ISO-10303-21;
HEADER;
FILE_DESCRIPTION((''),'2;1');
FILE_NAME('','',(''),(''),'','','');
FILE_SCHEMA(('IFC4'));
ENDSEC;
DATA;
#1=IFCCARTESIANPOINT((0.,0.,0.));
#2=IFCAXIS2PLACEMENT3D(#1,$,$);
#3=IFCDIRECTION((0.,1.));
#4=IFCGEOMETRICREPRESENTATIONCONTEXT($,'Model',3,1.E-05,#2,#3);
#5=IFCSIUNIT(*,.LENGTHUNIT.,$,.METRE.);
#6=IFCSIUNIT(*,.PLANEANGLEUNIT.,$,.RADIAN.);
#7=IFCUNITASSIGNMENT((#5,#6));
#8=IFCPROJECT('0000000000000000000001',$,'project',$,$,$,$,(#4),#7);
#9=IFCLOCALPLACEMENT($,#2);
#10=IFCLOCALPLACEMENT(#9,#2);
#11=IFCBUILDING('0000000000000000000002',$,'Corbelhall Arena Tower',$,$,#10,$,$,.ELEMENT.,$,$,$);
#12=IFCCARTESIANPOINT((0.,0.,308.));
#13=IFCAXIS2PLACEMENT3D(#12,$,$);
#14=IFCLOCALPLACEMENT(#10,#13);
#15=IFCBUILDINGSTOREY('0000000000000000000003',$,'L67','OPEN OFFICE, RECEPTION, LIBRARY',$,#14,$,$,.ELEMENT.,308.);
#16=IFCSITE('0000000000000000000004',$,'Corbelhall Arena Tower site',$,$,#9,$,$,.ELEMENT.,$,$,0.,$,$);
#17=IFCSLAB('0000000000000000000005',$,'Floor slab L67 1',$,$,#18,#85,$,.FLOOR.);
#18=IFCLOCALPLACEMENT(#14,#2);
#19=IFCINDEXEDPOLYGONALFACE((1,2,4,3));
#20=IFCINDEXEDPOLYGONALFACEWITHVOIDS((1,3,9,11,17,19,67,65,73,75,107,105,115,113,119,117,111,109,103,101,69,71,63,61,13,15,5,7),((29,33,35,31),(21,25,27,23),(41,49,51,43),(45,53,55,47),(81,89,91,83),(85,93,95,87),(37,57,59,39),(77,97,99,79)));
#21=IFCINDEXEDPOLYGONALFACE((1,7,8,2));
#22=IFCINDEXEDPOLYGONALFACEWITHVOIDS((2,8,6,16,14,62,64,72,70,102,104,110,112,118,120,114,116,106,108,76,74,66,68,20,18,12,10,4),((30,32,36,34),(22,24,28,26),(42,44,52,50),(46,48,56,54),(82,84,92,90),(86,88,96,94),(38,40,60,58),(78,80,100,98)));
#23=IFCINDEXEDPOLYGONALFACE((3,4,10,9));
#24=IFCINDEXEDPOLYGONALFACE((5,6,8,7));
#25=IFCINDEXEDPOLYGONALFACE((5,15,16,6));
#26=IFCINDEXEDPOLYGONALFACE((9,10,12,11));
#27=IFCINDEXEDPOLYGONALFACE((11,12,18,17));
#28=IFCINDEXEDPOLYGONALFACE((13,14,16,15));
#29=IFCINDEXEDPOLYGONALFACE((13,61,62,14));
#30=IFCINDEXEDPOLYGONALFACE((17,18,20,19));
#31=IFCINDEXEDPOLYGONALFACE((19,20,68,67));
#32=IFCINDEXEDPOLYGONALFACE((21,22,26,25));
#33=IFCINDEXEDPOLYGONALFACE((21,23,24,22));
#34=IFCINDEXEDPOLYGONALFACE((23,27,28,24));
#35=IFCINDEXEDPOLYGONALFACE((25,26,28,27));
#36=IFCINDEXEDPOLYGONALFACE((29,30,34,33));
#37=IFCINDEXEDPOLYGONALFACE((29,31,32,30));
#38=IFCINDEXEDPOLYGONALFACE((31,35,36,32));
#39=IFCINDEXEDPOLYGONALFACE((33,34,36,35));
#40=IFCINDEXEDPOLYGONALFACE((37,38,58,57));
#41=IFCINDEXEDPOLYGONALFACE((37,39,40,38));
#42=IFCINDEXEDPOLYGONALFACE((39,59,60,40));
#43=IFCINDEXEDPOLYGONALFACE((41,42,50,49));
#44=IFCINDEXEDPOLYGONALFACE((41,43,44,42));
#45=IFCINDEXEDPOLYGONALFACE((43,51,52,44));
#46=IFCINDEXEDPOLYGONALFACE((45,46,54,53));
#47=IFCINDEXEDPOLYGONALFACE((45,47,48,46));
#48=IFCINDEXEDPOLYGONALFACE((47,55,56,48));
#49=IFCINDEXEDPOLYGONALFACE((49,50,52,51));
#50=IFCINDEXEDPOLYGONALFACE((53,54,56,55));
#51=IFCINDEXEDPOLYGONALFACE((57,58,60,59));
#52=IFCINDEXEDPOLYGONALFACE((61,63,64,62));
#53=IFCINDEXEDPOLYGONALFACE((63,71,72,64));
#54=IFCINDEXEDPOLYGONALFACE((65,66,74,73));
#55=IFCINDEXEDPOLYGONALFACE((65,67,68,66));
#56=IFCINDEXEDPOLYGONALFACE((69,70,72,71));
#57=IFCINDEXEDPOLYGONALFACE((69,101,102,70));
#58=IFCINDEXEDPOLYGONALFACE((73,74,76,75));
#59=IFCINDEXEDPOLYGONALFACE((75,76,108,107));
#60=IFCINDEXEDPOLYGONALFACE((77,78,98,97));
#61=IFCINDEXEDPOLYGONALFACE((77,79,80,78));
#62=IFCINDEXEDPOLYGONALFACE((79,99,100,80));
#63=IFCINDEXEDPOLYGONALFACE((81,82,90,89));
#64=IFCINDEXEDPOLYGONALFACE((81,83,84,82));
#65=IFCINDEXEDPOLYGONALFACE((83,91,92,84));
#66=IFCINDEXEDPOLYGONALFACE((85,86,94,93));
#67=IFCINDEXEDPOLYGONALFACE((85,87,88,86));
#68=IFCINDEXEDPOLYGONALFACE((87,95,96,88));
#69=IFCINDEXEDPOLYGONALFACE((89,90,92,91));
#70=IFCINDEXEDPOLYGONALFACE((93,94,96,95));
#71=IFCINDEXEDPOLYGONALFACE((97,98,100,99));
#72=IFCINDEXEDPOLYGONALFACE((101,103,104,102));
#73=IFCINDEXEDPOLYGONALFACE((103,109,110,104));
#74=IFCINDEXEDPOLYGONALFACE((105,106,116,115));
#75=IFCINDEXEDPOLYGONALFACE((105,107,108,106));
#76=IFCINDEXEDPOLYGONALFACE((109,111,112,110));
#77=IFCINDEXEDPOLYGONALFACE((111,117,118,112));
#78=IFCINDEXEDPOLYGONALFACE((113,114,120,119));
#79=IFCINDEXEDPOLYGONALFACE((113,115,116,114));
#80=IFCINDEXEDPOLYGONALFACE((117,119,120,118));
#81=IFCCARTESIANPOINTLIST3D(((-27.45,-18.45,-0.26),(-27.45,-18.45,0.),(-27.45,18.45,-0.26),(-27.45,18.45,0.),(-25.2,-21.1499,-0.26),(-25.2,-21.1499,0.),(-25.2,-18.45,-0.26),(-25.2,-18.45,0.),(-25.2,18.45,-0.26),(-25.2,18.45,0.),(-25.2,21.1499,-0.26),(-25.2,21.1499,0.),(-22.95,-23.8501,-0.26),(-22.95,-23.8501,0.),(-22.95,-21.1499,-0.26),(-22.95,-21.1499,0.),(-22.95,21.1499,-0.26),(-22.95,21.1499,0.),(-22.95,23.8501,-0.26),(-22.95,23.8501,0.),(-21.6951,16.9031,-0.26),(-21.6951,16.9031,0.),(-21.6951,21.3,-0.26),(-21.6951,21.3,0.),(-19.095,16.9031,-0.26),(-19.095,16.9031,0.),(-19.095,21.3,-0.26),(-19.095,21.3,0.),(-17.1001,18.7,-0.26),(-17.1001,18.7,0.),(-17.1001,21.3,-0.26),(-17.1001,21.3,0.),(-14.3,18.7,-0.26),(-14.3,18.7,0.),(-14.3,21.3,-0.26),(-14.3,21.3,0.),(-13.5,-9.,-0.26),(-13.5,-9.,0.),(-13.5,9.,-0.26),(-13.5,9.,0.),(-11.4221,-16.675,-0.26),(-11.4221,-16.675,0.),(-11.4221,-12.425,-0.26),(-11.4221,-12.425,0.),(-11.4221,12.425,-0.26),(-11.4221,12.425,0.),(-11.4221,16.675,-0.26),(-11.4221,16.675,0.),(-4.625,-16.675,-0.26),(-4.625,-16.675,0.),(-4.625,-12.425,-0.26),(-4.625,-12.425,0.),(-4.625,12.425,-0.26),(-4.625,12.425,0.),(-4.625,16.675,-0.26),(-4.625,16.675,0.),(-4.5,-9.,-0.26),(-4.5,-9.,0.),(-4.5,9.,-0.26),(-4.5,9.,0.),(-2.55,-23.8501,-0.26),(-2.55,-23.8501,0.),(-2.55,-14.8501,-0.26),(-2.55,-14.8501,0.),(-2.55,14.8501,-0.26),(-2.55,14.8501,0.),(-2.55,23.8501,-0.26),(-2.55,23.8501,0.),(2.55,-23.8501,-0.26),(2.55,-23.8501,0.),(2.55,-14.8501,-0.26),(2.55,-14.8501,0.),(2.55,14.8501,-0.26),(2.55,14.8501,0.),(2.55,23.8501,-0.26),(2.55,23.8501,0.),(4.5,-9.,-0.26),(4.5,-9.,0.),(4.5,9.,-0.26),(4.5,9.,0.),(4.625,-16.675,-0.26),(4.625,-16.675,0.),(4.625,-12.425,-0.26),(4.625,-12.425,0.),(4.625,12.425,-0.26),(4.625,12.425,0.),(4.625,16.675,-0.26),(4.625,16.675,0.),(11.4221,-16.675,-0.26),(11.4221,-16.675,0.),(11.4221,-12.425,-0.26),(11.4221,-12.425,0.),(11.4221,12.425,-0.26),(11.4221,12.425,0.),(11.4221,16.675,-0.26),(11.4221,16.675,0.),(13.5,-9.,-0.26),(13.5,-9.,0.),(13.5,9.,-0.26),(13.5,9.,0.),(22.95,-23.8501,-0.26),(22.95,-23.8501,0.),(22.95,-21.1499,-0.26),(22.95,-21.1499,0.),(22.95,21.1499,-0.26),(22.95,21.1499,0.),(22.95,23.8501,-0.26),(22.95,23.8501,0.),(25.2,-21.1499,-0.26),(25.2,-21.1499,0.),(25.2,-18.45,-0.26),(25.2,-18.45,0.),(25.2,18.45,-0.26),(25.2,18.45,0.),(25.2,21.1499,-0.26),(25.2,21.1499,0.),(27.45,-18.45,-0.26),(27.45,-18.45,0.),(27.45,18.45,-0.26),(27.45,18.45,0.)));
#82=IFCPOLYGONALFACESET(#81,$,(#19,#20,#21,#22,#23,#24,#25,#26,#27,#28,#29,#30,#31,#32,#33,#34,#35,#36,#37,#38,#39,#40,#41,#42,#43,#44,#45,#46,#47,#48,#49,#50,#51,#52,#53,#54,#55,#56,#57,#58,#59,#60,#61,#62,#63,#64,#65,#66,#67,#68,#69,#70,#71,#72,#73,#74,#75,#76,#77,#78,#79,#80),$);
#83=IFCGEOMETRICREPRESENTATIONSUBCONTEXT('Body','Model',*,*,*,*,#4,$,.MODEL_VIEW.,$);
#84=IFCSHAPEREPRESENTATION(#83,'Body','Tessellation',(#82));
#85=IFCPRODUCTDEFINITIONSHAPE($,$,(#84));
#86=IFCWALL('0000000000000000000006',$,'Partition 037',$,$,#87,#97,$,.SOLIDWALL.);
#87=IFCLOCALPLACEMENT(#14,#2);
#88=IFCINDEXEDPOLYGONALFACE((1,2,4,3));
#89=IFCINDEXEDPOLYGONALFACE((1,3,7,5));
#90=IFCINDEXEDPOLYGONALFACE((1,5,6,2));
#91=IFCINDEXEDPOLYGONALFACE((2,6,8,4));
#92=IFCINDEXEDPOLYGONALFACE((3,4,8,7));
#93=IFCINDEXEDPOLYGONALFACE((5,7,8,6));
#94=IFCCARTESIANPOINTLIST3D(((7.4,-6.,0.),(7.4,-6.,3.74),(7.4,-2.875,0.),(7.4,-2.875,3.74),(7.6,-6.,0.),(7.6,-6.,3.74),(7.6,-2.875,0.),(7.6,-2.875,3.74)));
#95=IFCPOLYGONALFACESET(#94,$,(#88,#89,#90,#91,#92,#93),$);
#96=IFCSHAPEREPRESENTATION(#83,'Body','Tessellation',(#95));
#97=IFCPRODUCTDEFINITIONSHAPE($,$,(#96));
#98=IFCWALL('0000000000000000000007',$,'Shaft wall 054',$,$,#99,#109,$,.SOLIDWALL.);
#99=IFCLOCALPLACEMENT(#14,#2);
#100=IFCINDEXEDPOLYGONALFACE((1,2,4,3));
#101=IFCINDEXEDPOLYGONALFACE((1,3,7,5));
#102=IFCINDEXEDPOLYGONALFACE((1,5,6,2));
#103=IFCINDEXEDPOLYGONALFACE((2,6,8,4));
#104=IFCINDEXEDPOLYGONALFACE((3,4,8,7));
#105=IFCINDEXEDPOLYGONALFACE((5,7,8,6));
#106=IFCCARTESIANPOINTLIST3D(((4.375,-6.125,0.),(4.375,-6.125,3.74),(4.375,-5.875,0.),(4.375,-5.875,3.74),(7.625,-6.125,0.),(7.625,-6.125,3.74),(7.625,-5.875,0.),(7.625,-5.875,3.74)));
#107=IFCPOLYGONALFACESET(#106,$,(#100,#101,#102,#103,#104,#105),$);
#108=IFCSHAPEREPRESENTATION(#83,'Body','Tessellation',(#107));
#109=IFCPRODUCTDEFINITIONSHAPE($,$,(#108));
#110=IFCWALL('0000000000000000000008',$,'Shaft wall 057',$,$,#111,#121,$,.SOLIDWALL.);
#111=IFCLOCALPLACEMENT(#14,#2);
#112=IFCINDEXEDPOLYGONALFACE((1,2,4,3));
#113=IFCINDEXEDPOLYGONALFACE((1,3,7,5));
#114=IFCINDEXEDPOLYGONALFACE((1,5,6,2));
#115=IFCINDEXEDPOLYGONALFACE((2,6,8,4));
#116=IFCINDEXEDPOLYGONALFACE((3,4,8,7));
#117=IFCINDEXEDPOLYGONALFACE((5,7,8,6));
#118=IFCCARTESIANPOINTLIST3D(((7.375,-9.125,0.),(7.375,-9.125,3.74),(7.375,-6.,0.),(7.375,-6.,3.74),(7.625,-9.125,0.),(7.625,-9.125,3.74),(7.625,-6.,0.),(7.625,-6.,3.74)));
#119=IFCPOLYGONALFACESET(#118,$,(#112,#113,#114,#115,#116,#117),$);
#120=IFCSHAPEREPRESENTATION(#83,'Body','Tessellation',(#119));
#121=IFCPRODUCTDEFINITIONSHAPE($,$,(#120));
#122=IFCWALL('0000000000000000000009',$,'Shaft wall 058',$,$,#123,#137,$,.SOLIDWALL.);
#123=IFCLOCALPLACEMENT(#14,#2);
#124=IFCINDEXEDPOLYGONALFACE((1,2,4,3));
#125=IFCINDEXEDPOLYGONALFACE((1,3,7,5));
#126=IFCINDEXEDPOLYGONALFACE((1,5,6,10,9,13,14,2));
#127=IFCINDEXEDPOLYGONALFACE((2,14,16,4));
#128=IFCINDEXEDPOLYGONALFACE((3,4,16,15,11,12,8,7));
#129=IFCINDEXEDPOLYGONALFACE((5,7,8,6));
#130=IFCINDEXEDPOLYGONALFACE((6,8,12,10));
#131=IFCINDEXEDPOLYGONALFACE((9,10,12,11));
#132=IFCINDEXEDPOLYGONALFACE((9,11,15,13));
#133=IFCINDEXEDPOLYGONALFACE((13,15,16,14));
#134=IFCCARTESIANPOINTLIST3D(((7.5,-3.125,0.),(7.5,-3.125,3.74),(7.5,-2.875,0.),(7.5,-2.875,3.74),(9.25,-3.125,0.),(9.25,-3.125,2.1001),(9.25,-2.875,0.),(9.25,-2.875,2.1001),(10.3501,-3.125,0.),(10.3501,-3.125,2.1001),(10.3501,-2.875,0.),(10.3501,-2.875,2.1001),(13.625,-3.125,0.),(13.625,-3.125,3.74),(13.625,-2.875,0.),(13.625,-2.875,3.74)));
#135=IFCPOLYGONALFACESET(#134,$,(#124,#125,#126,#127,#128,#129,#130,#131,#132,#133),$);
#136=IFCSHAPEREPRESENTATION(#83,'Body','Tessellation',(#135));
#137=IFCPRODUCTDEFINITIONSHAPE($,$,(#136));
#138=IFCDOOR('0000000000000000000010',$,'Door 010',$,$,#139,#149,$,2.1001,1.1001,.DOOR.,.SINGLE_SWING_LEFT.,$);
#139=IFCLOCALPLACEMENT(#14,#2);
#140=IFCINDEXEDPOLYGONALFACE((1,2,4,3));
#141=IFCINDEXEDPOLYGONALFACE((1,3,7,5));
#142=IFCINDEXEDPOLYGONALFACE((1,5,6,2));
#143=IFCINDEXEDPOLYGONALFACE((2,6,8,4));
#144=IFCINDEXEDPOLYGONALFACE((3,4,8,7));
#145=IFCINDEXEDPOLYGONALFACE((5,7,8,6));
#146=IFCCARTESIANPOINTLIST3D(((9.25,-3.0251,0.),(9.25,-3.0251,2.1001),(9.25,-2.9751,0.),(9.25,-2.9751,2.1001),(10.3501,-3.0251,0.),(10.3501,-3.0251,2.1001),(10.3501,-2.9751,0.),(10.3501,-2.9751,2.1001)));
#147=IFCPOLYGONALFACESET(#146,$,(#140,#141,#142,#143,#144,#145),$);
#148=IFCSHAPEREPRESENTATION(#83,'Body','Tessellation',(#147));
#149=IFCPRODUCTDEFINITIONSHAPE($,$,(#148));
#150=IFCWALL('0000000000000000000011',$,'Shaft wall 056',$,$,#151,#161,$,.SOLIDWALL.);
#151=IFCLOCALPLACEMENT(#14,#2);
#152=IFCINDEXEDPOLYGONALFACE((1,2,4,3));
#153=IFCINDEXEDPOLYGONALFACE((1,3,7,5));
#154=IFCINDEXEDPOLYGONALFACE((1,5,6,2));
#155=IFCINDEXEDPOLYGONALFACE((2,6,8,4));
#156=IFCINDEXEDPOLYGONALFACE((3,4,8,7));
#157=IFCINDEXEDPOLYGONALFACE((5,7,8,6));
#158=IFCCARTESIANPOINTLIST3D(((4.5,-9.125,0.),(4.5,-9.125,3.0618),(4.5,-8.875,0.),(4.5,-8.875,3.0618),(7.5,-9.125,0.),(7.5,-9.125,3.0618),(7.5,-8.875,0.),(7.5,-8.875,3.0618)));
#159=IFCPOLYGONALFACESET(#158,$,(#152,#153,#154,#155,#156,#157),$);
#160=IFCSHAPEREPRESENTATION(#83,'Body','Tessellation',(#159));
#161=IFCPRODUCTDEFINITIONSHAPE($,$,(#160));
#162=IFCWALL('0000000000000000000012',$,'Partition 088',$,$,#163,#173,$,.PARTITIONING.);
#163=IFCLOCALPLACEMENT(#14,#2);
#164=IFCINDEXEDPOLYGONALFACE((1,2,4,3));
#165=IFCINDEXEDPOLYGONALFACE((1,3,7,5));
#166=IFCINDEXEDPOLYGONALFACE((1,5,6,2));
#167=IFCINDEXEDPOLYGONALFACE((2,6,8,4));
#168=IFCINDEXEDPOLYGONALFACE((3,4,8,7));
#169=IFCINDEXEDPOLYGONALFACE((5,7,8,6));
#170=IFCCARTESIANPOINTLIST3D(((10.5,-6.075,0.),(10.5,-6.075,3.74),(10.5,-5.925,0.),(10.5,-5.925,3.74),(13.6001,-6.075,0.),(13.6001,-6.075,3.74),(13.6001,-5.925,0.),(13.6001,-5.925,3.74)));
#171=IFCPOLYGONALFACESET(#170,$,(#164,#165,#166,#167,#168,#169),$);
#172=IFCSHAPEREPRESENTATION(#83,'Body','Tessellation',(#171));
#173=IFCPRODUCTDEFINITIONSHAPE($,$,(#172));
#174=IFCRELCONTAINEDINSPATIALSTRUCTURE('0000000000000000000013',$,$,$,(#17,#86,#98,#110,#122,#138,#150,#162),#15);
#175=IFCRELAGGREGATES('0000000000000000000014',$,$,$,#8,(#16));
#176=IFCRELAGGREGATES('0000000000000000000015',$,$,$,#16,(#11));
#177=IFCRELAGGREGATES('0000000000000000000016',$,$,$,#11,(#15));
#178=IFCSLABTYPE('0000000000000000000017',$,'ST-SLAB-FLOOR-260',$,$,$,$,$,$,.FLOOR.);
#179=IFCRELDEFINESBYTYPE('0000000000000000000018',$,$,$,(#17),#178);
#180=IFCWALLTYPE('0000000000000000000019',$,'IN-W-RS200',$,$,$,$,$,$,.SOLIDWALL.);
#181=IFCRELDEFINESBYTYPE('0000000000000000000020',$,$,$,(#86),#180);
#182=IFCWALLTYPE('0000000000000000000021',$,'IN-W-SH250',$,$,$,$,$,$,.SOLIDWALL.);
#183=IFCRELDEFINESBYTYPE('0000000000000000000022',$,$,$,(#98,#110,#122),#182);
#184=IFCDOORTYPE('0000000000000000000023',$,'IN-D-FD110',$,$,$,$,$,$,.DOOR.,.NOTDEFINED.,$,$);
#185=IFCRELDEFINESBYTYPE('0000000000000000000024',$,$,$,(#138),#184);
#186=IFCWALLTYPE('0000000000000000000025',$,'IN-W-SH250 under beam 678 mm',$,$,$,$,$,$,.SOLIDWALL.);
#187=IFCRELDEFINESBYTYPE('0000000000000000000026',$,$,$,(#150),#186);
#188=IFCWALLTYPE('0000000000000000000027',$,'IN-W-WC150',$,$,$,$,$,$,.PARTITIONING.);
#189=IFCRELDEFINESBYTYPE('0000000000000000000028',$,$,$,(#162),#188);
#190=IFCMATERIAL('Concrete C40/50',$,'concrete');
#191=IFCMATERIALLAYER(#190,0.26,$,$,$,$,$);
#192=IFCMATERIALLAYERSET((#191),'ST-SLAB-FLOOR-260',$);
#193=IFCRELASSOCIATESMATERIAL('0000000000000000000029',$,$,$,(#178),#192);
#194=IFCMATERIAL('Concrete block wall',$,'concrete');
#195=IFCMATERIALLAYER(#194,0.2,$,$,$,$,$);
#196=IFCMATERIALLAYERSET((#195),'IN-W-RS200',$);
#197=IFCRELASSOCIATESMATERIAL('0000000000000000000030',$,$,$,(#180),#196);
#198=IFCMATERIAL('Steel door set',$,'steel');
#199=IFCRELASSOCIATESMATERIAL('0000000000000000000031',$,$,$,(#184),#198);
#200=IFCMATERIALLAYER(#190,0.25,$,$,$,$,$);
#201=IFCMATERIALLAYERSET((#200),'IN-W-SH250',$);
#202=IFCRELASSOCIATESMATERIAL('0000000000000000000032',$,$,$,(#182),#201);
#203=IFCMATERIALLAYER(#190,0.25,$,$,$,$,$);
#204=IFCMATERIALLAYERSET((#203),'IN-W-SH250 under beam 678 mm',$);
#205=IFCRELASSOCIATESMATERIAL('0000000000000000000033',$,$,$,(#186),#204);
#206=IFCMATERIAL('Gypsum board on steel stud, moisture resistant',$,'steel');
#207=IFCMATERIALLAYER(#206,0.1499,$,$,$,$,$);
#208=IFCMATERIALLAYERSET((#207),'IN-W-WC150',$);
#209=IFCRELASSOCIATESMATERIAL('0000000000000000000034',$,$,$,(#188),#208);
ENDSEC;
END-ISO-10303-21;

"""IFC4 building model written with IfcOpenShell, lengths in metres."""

from ifc_helpers import new_model, si_unit, direction, frame, frame_2d, origin, place, context, subcontext, project, spatial, polyline, rectangle, outline, extrude, material, layer, layer_set, type_object, element, fill, save


model = new_model("IFC4")

# Units and contexts
model_context = context("Model", 3, precision=1e-05, world=origin(), true_north=direction((0.0, 1.0)))
body_context = subcontext(model_context, "Body", "Model", "MODEL_VIEW")
ifc_project = project(units=[si_unit("LENGTHUNIT", "METRE"), si_unit("PLANEANGLEUNIT", "RADIAN")], contexts=[model_context])

# Site, building, storey
site_placement = place(None, origin())
site = spatial("IfcSite", under=ifc_project, at=site_placement, Name="Corbelhall Arena Tower site", CompositionType="ELEMENT", RefElevation=0.0)
building_placement = place(site_placement, origin())
building = spatial("IfcBuilding", under=site, at=building_placement, Name="Corbelhall Arena Tower", CompositionType="ELEMENT")
storey_placement = place(building_placement, frame((0.0, 0.0, 308.0)))
storey = spatial("IfcBuildingStorey", under=building, at=storey_placement, Name="L67", Description="OPEN OFFICE, RECEPTION, LIBRARY", CompositionType="ELEMENT", Elevation=308.0)

# Shared definitions
ifc_material_1 = material(Name="Concrete C40/50", Category="concrete")

# Slab
ifc_layer_1 = layer(ifc_material_1, 0.26)
ifc_layer_set_1 = layer_set([ifc_layer_1], Name="ST-SLAB-FLOOR-260")
slab_type_1 = type_object("IfcSlabType", Name="ST-SLAB-FLOOR-260", PredefinedType="FLOOR", material=ifc_layer_set_1)
slab_1_placement = place(storey_placement, frame((0.0, 0.0, -0.26)))
element("IfcSlab", 1, at=slab_1_placement, inside=storey, type_object=slab_type_1, Name="Floor slab L67 1", PredefinedType="FLOOR", context=body_context, shape_type="SweptSolid", body=[
    extrude(outline(polyline([(22.95, 23.8501), (2.55, 23.8501), (2.55, 14.8501), (-2.55, 14.8501), (-2.55, 23.8501), (-22.95, 23.8501), (-22.95, 21.1499), (-25.2, 21.1499), (-25.2, 18.45), (-27.45, 18.45), (-27.45, -18.45), (-25.2, -18.45), (-25.2, -21.1499), (-22.95, -21.1499), (-22.95, -23.8501), (-2.55, -23.8501), (-2.55, -14.8501), (2.55, -14.8501), (2.55, -23.8501), (22.95, -23.8501), (22.95, -21.1499), (25.2, -21.1499), (25.2, -18.45), (27.45, -18.45), (27.45, 18.45), (25.2, 18.45), (25.2, 21.1499), (22.95, 21.1499), (22.95, 23.8501)]), holes=[polyline([(-13.5, 9.0), (-13.5, -9.0), (-4.5, -9.0), (-4.5, 9.0), (-13.5, 9.0)]), polyline([(4.5, 9.0), (4.5, -9.0), (13.5, -9.0), (13.5, 9.0), (4.5, 9.0)]), polyline([(-4.625, 16.675), (-11.4221, 16.675), (-11.4221, 12.425), (-4.625, 12.425), (-4.625, 16.675)]), polyline([(-4.625, -16.675), (-4.625, -12.425), (-11.4221, -12.425), (-11.4221, -16.675), (-4.625, -16.675)]), polyline([(11.4221, 16.675), (4.625, 16.675), (4.625, 12.425), (11.4221, 12.425), (11.4221, 16.675)]), polyline([(11.4221, -16.675), (11.4221, -12.425), (4.625, -12.425), (4.625, -16.675), (11.4221, -16.675)]), polyline([(-21.6951, 21.3), (-21.6951, 16.9031), (-19.095, 16.9031), (-19.095, 21.3), (-21.6951, 21.3)]), polyline([(-14.3, 21.3), (-17.1001, 21.3), (-17.1001, 18.7), (-14.3, 18.7), (-14.3, 21.3)])]), origin(), (0.0, 0.0, 1.0), 0.26),
])

# Wall
ifc_material_2 = material(Name="Concrete block wall", Category="concrete")
ifc_layer_2 = layer(ifc_material_2, 0.2)
ifc_layer_set_2 = layer_set([ifc_layer_2], Name="IN-W-RS200")
wall_type_1 = type_object("IfcWallType", Name="IN-W-RS200", PredefinedType="SOLIDWALL", material=ifc_layer_set_2)
wall_1_placement = place(storey_placement, frame((7.5, -2.875, 0.0), z_axis=(0.0, 0.0, 1.0), x_axis=(0.0, -1.0, 0.0)))
element("IfcWall", 2, at=wall_1_placement, inside=storey, type_object=wall_type_1, Name="Partition 037", PredefinedType="SOLIDWALL", context=body_context, shape_type="SweptSolid", body=[
    extrude(rectangle(XDim=3.125, YDim=0.2, at=frame_2d((1.5625, 0.0))), origin(), (0.0, 0.0, 1.0), 3.74),
])

# Shared definitions
ifc_material_3 = material(Name="Steel door set", Category="steel")
door_type_1 = type_object("IfcDoorType", Name="IN-D-FD110", OperationType="NOTDEFINED", PredefinedType="DOOR", material=ifc_material_3)

# Walls
ifc_layer_3 = layer(ifc_material_1, 0.25)
ifc_layer_set_3 = layer_set([ifc_layer_3], Name="IN-W-SH250")
wall_type_2 = type_object("IfcWallType", Name="IN-W-SH250", PredefinedType="SOLIDWALL", material=ifc_layer_set_3)
wall_2_placement = place(storey_placement, frame((4.375, -6.0, 0.0), z_axis=(0.0, 0.0, 1.0), x_axis=(1.0, 0.0, 0.0)))
element("IfcWall", 3, at=wall_2_placement, inside=storey, type_object=wall_type_2, Name="Shaft wall 054", PredefinedType="SOLIDWALL", context=body_context, shape_type="SweptSolid", body=[
    extrude(rectangle(XDim=3.25, YDim=0.25, at=frame_2d((1.625, 0.0))), origin(), (0.0, 0.0, 1.0), 3.74),
])
wall_3_placement = place(storey_placement, frame((7.5, -6.0, 0.0), z_axis=(0.0, 0.0, 1.0), x_axis=(0.0, -1.0, 0.0)))
element("IfcWall", 4, at=wall_3_placement, inside=storey, type_object=wall_type_2, Name="Shaft wall 057", PredefinedType="SOLIDWALL", context=body_context, shape_type="SweptSolid", body=[
    extrude(rectangle(XDim=3.125, YDim=0.25, at=frame_2d((1.5625, 0.0))), origin(), (0.0, 0.0, 1.0), 3.74),
])

# Wall, opening, door
wall_4_placement = place(storey_placement, frame((7.5, -3.0, 0.0), z_axis=(0.0, 0.0, 1.0), x_axis=(1.0, 0.0, 0.0)))
wall_4 = element("IfcWall", 5, at=wall_4_placement, inside=storey, type_object=wall_type_2, Name="Shaft wall 058", PredefinedType="SOLIDWALL", context=body_context, shape_type="SweptSolid", body=[
    extrude(rectangle(XDim=6.125, YDim=0.25, at=frame_2d((3.0625, 0.0))), origin(), (0.0, 0.0, 1.0), 3.74),
])
opening_1_placement = place(wall_4_placement, frame((1.75, 0.0, 0.0)))
opening_1 = element("IfcOpeningElement", 6, at=opening_1_placement, cuts=wall_4, PredefinedType="OPENING", context=body_context, shape_type="SweptSolid", body=[
    extrude(rectangle(XDim=1.1001, YDim=2.1001, at=frame_2d((0.55, 1.05))), frame((0.0, 0.125, 0.0), z_axis=(0.0, -1.0, 0.0), x_axis=(1.0, 0.0, 0.0)), (0.0, 0.0, 1.0), 0.25),
])
door_1_placement = place(opening_1_placement, origin())
door_1 = element("IfcDoor", 7, at=door_1_placement, inside=storey, type_object=door_type_1, Name="Door 010", OperationType="SINGLE_SWING_LEFT", OverallHeight=2.1001, OverallWidth=1.1001, PredefinedType="DOOR", context=body_context, shape_type="SweptSolid", body=[
    extrude(rectangle(XDim=1.1001, YDim=2.1001, at=frame_2d((0.55, 1.05))), frame((0.0, 0.0249, 0.0), z_axis=(0.0, -1.0, 0.0), x_axis=(1.0, 0.0, 0.0)), (0.0, 0.0, 1.0), 0.05),
])
fill(opening_1, door_1)

# Walls
ifc_layer_4 = layer(ifc_material_1, 0.25)
ifc_layer_set_4 = layer_set([ifc_layer_4], Name="IN-W-SH250 under beam 678 mm")
wall_type_3 = type_object("IfcWallType", Name="IN-W-SH250 under beam 678 mm", PredefinedType="SOLIDWALL", material=ifc_layer_set_4)
wall_5_placement = place(storey_placement, frame((7.5, -9.0, 0.0), z_axis=(0.0, 0.0, 1.0), x_axis=(-1.0, 0.0, 0.0)))
element("IfcWall", 8, at=wall_5_placement, inside=storey, type_object=wall_type_3, Name="Shaft wall 056", PredefinedType="SOLIDWALL", context=body_context, shape_type="SweptSolid", body=[
    extrude(rectangle(XDim=3.0, YDim=0.25, at=frame_2d((1.5, 0.0))), origin(), (0.0, 0.0, 1.0), 3.0618),
])
ifc_material_4 = material(Name="Gypsum board on steel stud, moisture resistant", Category="steel")
ifc_layer_5 = layer(ifc_material_4, 0.1499)
ifc_layer_set_5 = layer_set([ifc_layer_5], Name="IN-W-WC150")
wall_type_4 = type_object("IfcWallType", Name="IN-W-WC150", PredefinedType="PARTITIONING", material=ifc_layer_set_5)
wall_6_placement = place(storey_placement, frame((10.5, -6.0, 0.0), z_axis=(0.0, 0.0, 1.0), x_axis=(1.0, 0.0, 0.0)))
element("IfcWall", 9, at=wall_6_placement, inside=storey, type_object=wall_type_4, Name="Partition 088", PredefinedType="PARTITIONING", context=body_context, shape_type="SweptSolid", body=[
    extrude(rectangle(XDim=3.1001, YDim=0.1499, at=frame_2d((1.55, 0.0))), origin(), (0.0, 0.0, 1.0), 3.74),
])

save(model, "model.ifc")
